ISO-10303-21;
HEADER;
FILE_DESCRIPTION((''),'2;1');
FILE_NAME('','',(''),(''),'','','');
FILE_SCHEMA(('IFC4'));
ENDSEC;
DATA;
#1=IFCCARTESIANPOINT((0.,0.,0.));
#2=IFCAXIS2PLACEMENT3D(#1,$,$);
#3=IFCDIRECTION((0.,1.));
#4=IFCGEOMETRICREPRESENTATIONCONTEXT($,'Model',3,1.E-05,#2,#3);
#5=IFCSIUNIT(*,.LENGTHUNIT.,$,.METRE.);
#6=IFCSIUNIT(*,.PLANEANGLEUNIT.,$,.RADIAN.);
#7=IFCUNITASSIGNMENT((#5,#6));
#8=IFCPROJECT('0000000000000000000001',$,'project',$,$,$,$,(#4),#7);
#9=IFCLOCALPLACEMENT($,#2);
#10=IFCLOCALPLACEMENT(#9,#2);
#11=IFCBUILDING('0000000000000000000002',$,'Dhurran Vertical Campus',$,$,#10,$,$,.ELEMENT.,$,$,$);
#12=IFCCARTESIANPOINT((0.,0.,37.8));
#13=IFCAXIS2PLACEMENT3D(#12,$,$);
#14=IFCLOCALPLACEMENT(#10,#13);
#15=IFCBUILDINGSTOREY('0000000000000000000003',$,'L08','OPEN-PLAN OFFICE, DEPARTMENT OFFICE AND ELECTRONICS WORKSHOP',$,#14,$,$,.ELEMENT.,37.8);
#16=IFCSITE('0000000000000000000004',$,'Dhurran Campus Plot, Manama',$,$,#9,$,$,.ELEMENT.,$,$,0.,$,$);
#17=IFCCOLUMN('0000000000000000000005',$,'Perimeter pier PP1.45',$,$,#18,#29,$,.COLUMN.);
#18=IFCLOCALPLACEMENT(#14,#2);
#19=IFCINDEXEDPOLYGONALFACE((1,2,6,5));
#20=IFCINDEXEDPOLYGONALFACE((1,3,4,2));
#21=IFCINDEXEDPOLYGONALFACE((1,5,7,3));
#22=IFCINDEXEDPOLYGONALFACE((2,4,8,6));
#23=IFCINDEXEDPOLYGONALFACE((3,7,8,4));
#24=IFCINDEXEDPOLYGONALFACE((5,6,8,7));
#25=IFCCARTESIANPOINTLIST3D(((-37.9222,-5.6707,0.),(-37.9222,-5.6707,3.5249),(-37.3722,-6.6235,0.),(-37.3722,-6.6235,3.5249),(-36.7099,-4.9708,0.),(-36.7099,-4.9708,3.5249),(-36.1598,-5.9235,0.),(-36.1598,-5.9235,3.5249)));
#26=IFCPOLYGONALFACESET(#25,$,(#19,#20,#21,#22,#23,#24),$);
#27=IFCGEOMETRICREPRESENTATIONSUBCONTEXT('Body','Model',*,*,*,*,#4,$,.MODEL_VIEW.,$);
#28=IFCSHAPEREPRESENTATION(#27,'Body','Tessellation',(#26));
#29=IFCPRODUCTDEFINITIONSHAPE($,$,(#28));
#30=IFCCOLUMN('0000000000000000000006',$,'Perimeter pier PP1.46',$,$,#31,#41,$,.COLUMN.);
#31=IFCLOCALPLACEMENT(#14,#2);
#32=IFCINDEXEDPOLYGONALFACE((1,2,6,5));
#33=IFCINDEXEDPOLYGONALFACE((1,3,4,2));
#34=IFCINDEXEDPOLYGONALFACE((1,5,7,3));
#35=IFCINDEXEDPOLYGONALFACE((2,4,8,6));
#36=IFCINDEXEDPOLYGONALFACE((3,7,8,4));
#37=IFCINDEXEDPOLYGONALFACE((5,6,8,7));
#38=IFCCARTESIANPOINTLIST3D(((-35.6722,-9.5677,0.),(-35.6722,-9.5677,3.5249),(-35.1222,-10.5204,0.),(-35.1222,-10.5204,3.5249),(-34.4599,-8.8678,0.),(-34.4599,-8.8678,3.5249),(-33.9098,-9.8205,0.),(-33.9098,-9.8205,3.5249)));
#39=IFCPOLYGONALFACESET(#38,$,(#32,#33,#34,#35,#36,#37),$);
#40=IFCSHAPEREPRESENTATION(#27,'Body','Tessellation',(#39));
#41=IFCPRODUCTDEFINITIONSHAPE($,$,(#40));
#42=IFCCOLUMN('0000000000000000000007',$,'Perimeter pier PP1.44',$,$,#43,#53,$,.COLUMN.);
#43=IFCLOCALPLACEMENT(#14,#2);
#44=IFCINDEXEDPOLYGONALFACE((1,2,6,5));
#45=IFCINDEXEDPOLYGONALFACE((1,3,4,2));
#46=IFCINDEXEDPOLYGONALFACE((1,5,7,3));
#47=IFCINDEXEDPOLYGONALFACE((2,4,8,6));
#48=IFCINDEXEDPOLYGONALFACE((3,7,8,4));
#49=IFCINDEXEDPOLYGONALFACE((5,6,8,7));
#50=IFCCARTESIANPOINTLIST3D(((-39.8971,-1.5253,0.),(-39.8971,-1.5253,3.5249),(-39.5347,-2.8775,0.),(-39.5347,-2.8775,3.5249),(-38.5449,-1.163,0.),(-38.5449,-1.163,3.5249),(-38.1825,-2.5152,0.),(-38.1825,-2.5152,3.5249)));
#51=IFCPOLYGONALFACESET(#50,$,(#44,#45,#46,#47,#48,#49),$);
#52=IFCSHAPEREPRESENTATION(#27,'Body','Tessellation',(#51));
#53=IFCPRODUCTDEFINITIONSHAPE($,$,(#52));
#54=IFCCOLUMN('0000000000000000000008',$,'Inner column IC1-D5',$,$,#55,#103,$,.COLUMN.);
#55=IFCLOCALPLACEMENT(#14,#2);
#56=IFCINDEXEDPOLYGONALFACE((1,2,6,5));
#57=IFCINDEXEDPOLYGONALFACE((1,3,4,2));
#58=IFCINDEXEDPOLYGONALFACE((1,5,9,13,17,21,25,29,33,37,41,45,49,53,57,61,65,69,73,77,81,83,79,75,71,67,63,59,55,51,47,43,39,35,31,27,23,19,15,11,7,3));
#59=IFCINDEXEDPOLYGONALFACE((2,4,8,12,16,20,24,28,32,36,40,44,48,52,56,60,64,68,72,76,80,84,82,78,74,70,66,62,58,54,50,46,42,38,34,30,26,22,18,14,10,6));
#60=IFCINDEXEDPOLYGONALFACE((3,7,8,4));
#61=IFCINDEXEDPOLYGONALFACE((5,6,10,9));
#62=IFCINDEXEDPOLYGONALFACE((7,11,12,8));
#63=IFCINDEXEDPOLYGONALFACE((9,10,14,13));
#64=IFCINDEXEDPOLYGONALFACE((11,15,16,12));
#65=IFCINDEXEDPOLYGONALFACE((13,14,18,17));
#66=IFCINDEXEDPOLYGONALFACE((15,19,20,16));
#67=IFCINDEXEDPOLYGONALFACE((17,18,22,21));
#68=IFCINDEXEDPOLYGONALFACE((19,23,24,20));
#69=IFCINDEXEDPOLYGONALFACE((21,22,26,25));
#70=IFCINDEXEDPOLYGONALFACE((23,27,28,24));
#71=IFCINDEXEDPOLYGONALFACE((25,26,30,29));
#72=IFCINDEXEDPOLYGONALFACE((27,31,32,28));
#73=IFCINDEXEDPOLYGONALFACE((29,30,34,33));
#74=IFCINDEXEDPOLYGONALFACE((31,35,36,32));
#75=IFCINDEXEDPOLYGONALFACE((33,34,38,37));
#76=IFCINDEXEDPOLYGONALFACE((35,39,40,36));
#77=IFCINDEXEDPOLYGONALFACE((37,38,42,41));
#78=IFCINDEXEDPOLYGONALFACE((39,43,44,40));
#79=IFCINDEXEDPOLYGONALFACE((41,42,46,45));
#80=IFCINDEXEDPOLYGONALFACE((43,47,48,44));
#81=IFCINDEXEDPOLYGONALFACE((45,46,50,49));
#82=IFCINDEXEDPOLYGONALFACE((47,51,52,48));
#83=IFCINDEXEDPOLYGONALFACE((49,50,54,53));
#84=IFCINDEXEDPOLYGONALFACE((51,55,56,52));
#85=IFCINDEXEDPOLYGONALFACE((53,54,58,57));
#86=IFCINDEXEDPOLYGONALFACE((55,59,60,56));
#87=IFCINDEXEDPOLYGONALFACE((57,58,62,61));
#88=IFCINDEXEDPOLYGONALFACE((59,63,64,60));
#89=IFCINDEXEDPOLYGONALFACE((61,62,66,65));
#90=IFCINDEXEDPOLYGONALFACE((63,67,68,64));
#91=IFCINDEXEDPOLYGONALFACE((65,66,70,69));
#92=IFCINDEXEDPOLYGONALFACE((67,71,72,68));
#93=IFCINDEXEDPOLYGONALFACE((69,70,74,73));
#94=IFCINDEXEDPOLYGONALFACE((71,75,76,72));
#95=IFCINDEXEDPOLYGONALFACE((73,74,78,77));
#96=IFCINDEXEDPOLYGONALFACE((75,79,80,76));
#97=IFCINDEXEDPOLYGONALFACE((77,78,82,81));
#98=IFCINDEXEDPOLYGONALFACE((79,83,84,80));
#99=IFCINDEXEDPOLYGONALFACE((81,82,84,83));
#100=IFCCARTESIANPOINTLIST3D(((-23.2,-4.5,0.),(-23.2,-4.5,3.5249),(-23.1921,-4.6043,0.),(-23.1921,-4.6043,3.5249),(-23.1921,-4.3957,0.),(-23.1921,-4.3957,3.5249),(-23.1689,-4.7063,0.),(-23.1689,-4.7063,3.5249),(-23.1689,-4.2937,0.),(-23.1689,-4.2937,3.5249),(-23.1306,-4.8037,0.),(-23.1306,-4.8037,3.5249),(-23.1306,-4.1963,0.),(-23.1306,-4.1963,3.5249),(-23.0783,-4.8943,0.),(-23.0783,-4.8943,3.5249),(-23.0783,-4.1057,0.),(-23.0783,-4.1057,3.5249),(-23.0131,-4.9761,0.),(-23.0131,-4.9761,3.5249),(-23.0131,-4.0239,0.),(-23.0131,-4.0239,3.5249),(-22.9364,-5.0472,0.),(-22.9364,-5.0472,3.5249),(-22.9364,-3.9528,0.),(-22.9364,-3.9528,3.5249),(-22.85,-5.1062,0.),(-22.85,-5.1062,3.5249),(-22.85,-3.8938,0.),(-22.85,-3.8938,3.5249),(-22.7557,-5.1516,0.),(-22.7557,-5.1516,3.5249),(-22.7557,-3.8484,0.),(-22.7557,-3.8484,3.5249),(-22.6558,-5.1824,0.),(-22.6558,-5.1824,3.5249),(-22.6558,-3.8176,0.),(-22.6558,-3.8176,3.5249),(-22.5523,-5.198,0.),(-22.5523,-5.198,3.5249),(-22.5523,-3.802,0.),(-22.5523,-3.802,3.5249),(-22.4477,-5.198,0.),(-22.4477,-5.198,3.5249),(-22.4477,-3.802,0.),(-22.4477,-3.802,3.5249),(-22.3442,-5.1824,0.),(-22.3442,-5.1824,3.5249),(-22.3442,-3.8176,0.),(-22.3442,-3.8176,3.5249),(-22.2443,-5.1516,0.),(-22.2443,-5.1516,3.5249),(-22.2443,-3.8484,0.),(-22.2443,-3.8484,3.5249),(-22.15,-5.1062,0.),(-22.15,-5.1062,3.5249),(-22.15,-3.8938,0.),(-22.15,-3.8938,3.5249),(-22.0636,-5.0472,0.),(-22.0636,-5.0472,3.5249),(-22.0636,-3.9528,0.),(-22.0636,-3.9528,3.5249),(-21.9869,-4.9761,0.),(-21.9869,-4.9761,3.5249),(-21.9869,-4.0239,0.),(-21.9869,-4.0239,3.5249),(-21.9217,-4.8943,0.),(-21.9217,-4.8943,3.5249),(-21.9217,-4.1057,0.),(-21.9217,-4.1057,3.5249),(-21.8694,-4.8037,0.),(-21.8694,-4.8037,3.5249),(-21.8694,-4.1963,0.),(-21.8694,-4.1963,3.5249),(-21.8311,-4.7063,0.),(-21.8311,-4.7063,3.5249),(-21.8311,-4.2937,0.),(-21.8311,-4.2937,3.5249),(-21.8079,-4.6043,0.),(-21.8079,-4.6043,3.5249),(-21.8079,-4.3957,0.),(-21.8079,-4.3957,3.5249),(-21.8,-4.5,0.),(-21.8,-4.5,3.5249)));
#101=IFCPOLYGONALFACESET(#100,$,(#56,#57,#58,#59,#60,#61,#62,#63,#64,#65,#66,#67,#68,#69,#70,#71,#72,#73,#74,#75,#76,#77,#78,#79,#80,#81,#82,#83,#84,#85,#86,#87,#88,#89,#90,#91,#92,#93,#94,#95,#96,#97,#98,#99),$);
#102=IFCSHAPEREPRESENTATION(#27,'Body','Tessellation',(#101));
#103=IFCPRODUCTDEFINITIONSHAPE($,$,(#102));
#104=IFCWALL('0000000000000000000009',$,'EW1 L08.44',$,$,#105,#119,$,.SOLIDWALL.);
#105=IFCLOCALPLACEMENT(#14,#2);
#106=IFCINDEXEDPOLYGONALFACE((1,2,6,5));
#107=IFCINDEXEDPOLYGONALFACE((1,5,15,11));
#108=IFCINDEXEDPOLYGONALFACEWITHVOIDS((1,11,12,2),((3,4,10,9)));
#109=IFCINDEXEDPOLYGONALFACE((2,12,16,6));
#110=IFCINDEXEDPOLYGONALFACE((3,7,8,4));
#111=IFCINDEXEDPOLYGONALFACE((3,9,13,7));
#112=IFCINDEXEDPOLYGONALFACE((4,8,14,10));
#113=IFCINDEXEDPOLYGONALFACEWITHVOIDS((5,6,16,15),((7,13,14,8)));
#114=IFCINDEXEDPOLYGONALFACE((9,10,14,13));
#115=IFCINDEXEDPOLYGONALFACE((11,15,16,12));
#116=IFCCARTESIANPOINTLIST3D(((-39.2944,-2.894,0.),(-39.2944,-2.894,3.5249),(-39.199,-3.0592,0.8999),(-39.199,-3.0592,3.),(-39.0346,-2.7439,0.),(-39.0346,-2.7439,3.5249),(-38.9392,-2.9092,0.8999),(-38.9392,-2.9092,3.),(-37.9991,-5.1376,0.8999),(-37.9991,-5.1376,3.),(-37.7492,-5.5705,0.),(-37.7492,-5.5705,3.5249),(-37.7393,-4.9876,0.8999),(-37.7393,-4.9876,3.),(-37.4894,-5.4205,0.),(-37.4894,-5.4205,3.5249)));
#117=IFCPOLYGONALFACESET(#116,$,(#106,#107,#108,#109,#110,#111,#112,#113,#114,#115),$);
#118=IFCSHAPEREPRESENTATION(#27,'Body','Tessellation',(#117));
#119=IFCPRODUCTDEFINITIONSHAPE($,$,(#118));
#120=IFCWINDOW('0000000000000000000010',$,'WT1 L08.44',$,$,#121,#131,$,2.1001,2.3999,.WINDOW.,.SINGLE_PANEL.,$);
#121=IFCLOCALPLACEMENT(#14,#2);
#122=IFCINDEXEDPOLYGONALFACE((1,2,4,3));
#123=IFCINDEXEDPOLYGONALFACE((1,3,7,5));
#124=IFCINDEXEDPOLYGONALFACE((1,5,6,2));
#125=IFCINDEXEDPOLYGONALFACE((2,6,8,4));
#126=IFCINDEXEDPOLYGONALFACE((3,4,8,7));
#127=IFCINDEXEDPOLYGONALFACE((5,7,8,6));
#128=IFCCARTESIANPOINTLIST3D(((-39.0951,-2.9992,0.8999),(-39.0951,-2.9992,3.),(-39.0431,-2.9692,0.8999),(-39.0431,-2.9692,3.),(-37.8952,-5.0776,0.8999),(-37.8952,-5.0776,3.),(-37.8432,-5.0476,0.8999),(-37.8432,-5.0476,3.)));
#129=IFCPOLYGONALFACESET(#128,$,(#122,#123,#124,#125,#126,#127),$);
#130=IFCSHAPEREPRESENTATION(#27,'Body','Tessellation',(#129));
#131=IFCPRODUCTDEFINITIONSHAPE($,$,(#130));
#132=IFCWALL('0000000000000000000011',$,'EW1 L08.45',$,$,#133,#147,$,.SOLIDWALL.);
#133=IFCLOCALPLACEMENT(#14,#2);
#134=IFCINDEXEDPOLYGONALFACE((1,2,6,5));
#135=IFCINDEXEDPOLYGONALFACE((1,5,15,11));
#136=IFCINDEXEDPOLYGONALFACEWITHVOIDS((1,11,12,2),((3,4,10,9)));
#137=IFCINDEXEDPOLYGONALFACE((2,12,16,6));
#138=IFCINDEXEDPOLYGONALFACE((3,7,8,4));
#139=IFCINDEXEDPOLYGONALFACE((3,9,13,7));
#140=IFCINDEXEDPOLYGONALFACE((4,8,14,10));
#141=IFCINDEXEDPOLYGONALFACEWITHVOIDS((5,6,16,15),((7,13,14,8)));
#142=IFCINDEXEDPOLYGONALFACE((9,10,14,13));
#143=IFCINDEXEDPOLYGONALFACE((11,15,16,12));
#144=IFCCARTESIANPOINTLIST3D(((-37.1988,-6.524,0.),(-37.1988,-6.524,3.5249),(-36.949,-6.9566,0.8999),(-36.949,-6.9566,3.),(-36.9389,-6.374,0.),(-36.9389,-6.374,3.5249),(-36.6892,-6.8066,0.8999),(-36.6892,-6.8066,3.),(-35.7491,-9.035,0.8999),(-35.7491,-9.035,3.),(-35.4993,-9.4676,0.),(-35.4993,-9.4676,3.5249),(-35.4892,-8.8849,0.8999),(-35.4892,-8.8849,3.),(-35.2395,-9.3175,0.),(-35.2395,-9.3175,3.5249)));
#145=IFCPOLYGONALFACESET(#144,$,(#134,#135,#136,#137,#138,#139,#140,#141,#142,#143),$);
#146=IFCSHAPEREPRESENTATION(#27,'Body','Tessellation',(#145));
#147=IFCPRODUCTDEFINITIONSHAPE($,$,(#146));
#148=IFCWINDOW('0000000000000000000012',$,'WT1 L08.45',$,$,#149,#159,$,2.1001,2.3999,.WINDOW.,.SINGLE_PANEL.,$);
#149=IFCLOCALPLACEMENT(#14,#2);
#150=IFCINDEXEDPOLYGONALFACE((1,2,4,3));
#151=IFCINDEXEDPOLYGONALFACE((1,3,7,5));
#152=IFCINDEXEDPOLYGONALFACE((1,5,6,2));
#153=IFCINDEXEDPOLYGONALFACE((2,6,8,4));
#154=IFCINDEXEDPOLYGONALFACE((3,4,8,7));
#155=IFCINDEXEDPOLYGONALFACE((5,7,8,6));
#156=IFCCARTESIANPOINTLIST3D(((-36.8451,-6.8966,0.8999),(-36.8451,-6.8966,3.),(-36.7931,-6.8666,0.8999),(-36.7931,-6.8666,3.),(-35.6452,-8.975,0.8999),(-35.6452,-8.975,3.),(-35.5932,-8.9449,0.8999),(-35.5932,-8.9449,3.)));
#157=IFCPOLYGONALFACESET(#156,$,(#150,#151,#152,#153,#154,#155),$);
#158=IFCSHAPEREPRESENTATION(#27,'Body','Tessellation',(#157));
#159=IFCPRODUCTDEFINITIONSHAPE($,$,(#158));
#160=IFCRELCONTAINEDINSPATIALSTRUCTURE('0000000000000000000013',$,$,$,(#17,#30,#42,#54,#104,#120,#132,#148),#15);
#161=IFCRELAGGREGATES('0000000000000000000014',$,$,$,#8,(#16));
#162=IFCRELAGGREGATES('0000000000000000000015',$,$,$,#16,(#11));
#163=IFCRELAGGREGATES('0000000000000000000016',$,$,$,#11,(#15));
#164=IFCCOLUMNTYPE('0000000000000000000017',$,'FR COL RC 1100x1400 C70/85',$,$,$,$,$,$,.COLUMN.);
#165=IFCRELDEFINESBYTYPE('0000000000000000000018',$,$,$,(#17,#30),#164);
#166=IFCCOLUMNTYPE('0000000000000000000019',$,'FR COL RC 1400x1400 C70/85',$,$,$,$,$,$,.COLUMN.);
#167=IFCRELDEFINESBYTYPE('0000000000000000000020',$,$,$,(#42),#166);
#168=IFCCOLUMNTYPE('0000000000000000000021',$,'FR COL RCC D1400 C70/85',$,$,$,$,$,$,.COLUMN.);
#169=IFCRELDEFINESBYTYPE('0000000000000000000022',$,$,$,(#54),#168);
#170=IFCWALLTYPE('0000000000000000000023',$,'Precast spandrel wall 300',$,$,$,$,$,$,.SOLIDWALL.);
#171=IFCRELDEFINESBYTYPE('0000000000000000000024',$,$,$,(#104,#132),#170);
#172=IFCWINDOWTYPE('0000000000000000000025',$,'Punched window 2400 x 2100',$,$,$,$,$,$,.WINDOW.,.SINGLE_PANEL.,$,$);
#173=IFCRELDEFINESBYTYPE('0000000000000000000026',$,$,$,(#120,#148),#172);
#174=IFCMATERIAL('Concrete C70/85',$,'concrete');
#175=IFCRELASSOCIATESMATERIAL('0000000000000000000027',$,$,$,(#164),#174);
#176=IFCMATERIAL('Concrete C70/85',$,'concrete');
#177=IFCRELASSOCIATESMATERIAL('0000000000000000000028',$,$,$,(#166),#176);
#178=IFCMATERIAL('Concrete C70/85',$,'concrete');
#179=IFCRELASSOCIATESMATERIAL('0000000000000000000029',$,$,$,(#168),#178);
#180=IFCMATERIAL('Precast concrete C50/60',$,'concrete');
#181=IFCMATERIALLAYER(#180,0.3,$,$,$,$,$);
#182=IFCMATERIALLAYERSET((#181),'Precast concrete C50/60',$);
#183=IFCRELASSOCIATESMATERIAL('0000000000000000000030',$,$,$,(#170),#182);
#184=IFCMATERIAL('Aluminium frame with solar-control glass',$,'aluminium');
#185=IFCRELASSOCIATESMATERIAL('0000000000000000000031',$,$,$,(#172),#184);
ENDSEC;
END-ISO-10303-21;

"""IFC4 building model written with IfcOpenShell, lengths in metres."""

from ifc_helpers import new_model, si_unit, direction, frame, frame_2d, origin, origin_2d, place, context, subcontext, project, spatial, rectangle, circle, extrude, material, layer, layer_set, material_profile, profile_set, type_object, element, fill, save


model = new_model("IFC4")

# Units and contexts
model_context = context("Model", 3, precision=1e-05, world=origin(), true_north=direction((0.0, 1.0)))
body_context = subcontext(model_context, "Body", "Model", "MODEL_VIEW")
ifc_project = project(units=[si_unit("LENGTHUNIT", "METRE"), si_unit("PLANEANGLEUNIT", "RADIAN")], contexts=[model_context])

# Site, building, storey
site_placement = place(None, origin())
site = spatial("IfcSite", under=ifc_project, at=site_placement, Name="Dhurran Campus Plot, Manama", CompositionType="ELEMENT", RefElevation=0.0)
building_placement = place(site_placement, origin())
building = spatial("IfcBuilding", under=site, at=building_placement, Name="Dhurran Vertical Campus", CompositionType="ELEMENT")
storey_placement = place(building_placement, frame((0.0, 0.0, 37.8)))
storey = spatial("IfcBuildingStorey", under=building, at=storey_placement, Name="L08", Description="OPEN-PLAN OFFICE, DEPARTMENT OFFICE AND ELECTRONICS WORKSHOP", CompositionType="ELEMENT", Elevation=37.8)

# Columns
ifc_material_1 = material(Name="Concrete C70/85", Category="concrete")
ifc_material_profile_1 = material_profile(ifc_material_1, rectangle(XDim=1.1001, YDim=1.3999, at=origin_2d()), Name="RC 1100x1400")
ifc_profile_set_1 = profile_set([ifc_material_profile_1], Name="Concrete C70/85")
column_type_1 = type_object("IfcColumnType", Name="FR COL RC 1100x1400 C70/85", PredefinedType="COLUMN", material=ifc_profile_set_1)
for number, where, z_axis, x_axis, name in (
    (1, (-37.041, -5.7971, 0.0), (0.0, 0.0, 1.0), (0.5, -0.866025, 0.0), "Perimeter pier PP1.45"),
    (2, (-34.791, -9.6941, 0.0), (0.0, 0.0, 1.0), (0.5, -0.866025, 0.0), "Perimeter pier PP1.46"),
):
    element("IfcColumn", number, at=place(storey_placement, frame(where, z_axis=z_axis, x_axis=x_axis)), inside=storey, type_object=column_type_1, Name=name, PredefinedType="COLUMN", context=body_context, shape_type="SweptSolid", body=[
        extrude(rectangle(XDim=1.1001, YDim=1.3999, at=origin_2d()), origin(), (0.0, 0.0, 1.0), 3.5249),
    ])
ifc_material_2 = material(Name="Concrete C70/85", Category="concrete")
ifc_material_profile_2 = material_profile(ifc_material_2, rectangle(XDim=1.3999, YDim=1.3999, at=origin_2d()), Name="RC 1400x1400")
ifc_profile_set_2 = profile_set([ifc_material_profile_2], Name="Concrete C70/85")
column_type_2 = type_object("IfcColumnType", Name="FR COL RC 1400x1400 C70/85", PredefinedType="COLUMN", material=ifc_profile_set_2)
column_1_placement = place(storey_placement, frame((-39.0398, -2.0203, 0.0), z_axis=(0.0, 0.0, 1.0), x_axis=(0.258819, -0.965926, 0.0)))
element("IfcColumn", 3, at=column_1_placement, inside=storey, type_object=column_type_2, Name="Perimeter pier PP1.44", PredefinedType="COLUMN", context=body_context, shape_type="SweptSolid", body=[
    extrude(rectangle(XDim=1.3999, YDim=1.3999, at=origin_2d()), origin(), (0.0, 0.0, 1.0), 3.5249),
])
ifc_material_3 = material(Name="Concrete C70/85", Category="concrete")
ifc_material_profile_3 = material_profile(ifc_material_3, circle(Radius=0.7, at=origin_2d()), Name="RCC D1400")
ifc_profile_set_3 = profile_set([ifc_material_profile_3], Name="Concrete C70/85")
column_type_3 = type_object("IfcColumnType", Name="FR COL RCC D1400 C70/85", PredefinedType="COLUMN", material=ifc_profile_set_3)
column_2_placement = place(storey_placement, frame((-22.5, -4.5, 0.0), z_axis=(0.0, 0.0, 1.0), x_axis=(1.0, 0.0, 0.0)))
element("IfcColumn", 4, at=column_2_placement, inside=storey, type_object=column_type_3, Name="Inner column IC1-D5", PredefinedType="COLUMN", context=body_context, shape_type="SweptSolid", body=[
    extrude(circle(Radius=0.7, at=origin_2d()), origin(), (0.0, 0.0, 1.0), 3.5249),
])

# Walls, openings, windows
ifc_material_4 = material(Name="Precast concrete C50/60", Category="concrete")
ifc_layer_1 = layer(ifc_material_4, 0.3)
ifc_layer_set_1 = layer_set([ifc_layer_1], Name="Precast concrete C50/60")
wall_type_1 = type_object("IfcWallType", Name="Precast spandrel wall 300", PredefinedType="SOLIDWALL", material=ifc_layer_set_1)
wall_1_placement = place(storey_placement, frame((-39.1646, -2.8188, 0.0), z_axis=(0.0, 0.0, 1.0), x_axis=(0.499971, -0.866042, 0.0)))
wall_1 = element("IfcWall", 5, at=wall_1_placement, inside=storey, type_object=wall_type_1, Name="EW1 L08.44", PredefinedType="SOLIDWALL", context=body_context, shape_type="SweptSolid", body=[
    extrude(rectangle(XDim=3.0906, YDim=0.3, at=frame_2d((1.5454, 0.0))), origin(), (0.0, 0.0, 1.0), 3.5249),
])
opening_1_placement = place(wall_1_placement, frame((0.1909, 0.0, 0.8999)))
opening_1 = element("IfcOpeningElement", 6, at=opening_1_placement, cuts=wall_1, PredefinedType="OPENING", context=body_context, shape_type="SweptSolid", body=[
    extrude(rectangle(XDim=2.3999, YDim=2.1001, at=frame_2d((1.2, 1.05))), frame((0.0, 0.1599, 0.0), z_axis=(0.0, -1.0, 0.0), x_axis=(1.0, 0.0, 0.0)), (0.0, 0.0, 1.0), 0.3201),
])
ifc_material_5 = material(Name="Aluminium frame with solar-control glass", Category="aluminium")
window_type = type_object("IfcWindowType", Name="Punched window 2400 x 2100", PartitioningType="SINGLE_PANEL", PredefinedType="WINDOW", material=ifc_material_5)
window_1_placement = place(opening_1_placement, origin())
window_1 = element("IfcWindow", 7, at=window_1_placement, inside=storey, type_object=window_type, Name="WT1 L08.44", OverallHeight=2.1001, OverallWidth=2.3999, PartitioningType="SINGLE_PANEL", PredefinedType="WINDOW", context=body_context, shape_type="SweptSolid", body=[
    extrude(rectangle(XDim=2.3999, YDim=2.1001, at=frame_2d((1.2, 1.05))), frame((0.0, 0.03, 0.0), z_axis=(0.0, -1.0, 0.0), x_axis=(1.0, 0.0, 0.0)), (0.0, 0.0, 1.0), 0.0601),
])
fill(opening_1, window_1)
wall_2_placement = place(storey_placement, frame((-37.0688, -6.449, 0.0), z_axis=(0.0, 0.0, 1.0), x_axis=(0.499994, -0.866029, 0.0)))
wall_2 = element("IfcWall", 8, at=wall_2_placement, inside=storey, type_object=wall_type_1, Name="EW1 L08.45", PredefinedType="SOLIDWALL", context=body_context, shape_type="SweptSolid", body=[
    extrude(rectangle(XDim=3.3989, YDim=0.3, at=frame_2d((1.6995, 0.0))), origin(), (0.0, 0.0, 1.0), 3.5249),
])
opening_2_placement = place(wall_2_placement, frame((0.4995, 0.0, 0.8999)))
opening_2 = element("IfcOpeningElement", 9, at=opening_2_placement, cuts=wall_2, PredefinedType="OPENING", context=body_context, shape_type="SweptSolid", body=[
    extrude(rectangle(XDim=2.3999, YDim=2.1001, at=frame_2d((1.2, 1.05))), frame((0.0, 0.1599, 0.0), z_axis=(0.0, -1.0, 0.0), x_axis=(1.0, 0.0, 0.0)), (0.0, 0.0, 1.0), 0.3201),
])
window_2_placement = place(opening_2_placement, origin())
window_2 = element("IfcWindow", 10, at=window_2_placement, inside=storey, type_object=window_type, Name="WT1 L08.45", OverallHeight=2.1001, OverallWidth=2.3999, PartitioningType="SINGLE_PANEL", PredefinedType="WINDOW", context=body_context, shape_type="SweptSolid", body=[
    extrude(rectangle(XDim=2.3999, YDim=2.1001, at=frame_2d((1.2, 1.05))), frame((0.0, 0.03, 0.0), z_axis=(0.0, -1.0, 0.0), x_axis=(1.0, 0.0, 0.0)), (0.0, 0.0, 1.0), 0.0601),
])
fill(opening_2, window_2)

save(model, "model.ifc")
